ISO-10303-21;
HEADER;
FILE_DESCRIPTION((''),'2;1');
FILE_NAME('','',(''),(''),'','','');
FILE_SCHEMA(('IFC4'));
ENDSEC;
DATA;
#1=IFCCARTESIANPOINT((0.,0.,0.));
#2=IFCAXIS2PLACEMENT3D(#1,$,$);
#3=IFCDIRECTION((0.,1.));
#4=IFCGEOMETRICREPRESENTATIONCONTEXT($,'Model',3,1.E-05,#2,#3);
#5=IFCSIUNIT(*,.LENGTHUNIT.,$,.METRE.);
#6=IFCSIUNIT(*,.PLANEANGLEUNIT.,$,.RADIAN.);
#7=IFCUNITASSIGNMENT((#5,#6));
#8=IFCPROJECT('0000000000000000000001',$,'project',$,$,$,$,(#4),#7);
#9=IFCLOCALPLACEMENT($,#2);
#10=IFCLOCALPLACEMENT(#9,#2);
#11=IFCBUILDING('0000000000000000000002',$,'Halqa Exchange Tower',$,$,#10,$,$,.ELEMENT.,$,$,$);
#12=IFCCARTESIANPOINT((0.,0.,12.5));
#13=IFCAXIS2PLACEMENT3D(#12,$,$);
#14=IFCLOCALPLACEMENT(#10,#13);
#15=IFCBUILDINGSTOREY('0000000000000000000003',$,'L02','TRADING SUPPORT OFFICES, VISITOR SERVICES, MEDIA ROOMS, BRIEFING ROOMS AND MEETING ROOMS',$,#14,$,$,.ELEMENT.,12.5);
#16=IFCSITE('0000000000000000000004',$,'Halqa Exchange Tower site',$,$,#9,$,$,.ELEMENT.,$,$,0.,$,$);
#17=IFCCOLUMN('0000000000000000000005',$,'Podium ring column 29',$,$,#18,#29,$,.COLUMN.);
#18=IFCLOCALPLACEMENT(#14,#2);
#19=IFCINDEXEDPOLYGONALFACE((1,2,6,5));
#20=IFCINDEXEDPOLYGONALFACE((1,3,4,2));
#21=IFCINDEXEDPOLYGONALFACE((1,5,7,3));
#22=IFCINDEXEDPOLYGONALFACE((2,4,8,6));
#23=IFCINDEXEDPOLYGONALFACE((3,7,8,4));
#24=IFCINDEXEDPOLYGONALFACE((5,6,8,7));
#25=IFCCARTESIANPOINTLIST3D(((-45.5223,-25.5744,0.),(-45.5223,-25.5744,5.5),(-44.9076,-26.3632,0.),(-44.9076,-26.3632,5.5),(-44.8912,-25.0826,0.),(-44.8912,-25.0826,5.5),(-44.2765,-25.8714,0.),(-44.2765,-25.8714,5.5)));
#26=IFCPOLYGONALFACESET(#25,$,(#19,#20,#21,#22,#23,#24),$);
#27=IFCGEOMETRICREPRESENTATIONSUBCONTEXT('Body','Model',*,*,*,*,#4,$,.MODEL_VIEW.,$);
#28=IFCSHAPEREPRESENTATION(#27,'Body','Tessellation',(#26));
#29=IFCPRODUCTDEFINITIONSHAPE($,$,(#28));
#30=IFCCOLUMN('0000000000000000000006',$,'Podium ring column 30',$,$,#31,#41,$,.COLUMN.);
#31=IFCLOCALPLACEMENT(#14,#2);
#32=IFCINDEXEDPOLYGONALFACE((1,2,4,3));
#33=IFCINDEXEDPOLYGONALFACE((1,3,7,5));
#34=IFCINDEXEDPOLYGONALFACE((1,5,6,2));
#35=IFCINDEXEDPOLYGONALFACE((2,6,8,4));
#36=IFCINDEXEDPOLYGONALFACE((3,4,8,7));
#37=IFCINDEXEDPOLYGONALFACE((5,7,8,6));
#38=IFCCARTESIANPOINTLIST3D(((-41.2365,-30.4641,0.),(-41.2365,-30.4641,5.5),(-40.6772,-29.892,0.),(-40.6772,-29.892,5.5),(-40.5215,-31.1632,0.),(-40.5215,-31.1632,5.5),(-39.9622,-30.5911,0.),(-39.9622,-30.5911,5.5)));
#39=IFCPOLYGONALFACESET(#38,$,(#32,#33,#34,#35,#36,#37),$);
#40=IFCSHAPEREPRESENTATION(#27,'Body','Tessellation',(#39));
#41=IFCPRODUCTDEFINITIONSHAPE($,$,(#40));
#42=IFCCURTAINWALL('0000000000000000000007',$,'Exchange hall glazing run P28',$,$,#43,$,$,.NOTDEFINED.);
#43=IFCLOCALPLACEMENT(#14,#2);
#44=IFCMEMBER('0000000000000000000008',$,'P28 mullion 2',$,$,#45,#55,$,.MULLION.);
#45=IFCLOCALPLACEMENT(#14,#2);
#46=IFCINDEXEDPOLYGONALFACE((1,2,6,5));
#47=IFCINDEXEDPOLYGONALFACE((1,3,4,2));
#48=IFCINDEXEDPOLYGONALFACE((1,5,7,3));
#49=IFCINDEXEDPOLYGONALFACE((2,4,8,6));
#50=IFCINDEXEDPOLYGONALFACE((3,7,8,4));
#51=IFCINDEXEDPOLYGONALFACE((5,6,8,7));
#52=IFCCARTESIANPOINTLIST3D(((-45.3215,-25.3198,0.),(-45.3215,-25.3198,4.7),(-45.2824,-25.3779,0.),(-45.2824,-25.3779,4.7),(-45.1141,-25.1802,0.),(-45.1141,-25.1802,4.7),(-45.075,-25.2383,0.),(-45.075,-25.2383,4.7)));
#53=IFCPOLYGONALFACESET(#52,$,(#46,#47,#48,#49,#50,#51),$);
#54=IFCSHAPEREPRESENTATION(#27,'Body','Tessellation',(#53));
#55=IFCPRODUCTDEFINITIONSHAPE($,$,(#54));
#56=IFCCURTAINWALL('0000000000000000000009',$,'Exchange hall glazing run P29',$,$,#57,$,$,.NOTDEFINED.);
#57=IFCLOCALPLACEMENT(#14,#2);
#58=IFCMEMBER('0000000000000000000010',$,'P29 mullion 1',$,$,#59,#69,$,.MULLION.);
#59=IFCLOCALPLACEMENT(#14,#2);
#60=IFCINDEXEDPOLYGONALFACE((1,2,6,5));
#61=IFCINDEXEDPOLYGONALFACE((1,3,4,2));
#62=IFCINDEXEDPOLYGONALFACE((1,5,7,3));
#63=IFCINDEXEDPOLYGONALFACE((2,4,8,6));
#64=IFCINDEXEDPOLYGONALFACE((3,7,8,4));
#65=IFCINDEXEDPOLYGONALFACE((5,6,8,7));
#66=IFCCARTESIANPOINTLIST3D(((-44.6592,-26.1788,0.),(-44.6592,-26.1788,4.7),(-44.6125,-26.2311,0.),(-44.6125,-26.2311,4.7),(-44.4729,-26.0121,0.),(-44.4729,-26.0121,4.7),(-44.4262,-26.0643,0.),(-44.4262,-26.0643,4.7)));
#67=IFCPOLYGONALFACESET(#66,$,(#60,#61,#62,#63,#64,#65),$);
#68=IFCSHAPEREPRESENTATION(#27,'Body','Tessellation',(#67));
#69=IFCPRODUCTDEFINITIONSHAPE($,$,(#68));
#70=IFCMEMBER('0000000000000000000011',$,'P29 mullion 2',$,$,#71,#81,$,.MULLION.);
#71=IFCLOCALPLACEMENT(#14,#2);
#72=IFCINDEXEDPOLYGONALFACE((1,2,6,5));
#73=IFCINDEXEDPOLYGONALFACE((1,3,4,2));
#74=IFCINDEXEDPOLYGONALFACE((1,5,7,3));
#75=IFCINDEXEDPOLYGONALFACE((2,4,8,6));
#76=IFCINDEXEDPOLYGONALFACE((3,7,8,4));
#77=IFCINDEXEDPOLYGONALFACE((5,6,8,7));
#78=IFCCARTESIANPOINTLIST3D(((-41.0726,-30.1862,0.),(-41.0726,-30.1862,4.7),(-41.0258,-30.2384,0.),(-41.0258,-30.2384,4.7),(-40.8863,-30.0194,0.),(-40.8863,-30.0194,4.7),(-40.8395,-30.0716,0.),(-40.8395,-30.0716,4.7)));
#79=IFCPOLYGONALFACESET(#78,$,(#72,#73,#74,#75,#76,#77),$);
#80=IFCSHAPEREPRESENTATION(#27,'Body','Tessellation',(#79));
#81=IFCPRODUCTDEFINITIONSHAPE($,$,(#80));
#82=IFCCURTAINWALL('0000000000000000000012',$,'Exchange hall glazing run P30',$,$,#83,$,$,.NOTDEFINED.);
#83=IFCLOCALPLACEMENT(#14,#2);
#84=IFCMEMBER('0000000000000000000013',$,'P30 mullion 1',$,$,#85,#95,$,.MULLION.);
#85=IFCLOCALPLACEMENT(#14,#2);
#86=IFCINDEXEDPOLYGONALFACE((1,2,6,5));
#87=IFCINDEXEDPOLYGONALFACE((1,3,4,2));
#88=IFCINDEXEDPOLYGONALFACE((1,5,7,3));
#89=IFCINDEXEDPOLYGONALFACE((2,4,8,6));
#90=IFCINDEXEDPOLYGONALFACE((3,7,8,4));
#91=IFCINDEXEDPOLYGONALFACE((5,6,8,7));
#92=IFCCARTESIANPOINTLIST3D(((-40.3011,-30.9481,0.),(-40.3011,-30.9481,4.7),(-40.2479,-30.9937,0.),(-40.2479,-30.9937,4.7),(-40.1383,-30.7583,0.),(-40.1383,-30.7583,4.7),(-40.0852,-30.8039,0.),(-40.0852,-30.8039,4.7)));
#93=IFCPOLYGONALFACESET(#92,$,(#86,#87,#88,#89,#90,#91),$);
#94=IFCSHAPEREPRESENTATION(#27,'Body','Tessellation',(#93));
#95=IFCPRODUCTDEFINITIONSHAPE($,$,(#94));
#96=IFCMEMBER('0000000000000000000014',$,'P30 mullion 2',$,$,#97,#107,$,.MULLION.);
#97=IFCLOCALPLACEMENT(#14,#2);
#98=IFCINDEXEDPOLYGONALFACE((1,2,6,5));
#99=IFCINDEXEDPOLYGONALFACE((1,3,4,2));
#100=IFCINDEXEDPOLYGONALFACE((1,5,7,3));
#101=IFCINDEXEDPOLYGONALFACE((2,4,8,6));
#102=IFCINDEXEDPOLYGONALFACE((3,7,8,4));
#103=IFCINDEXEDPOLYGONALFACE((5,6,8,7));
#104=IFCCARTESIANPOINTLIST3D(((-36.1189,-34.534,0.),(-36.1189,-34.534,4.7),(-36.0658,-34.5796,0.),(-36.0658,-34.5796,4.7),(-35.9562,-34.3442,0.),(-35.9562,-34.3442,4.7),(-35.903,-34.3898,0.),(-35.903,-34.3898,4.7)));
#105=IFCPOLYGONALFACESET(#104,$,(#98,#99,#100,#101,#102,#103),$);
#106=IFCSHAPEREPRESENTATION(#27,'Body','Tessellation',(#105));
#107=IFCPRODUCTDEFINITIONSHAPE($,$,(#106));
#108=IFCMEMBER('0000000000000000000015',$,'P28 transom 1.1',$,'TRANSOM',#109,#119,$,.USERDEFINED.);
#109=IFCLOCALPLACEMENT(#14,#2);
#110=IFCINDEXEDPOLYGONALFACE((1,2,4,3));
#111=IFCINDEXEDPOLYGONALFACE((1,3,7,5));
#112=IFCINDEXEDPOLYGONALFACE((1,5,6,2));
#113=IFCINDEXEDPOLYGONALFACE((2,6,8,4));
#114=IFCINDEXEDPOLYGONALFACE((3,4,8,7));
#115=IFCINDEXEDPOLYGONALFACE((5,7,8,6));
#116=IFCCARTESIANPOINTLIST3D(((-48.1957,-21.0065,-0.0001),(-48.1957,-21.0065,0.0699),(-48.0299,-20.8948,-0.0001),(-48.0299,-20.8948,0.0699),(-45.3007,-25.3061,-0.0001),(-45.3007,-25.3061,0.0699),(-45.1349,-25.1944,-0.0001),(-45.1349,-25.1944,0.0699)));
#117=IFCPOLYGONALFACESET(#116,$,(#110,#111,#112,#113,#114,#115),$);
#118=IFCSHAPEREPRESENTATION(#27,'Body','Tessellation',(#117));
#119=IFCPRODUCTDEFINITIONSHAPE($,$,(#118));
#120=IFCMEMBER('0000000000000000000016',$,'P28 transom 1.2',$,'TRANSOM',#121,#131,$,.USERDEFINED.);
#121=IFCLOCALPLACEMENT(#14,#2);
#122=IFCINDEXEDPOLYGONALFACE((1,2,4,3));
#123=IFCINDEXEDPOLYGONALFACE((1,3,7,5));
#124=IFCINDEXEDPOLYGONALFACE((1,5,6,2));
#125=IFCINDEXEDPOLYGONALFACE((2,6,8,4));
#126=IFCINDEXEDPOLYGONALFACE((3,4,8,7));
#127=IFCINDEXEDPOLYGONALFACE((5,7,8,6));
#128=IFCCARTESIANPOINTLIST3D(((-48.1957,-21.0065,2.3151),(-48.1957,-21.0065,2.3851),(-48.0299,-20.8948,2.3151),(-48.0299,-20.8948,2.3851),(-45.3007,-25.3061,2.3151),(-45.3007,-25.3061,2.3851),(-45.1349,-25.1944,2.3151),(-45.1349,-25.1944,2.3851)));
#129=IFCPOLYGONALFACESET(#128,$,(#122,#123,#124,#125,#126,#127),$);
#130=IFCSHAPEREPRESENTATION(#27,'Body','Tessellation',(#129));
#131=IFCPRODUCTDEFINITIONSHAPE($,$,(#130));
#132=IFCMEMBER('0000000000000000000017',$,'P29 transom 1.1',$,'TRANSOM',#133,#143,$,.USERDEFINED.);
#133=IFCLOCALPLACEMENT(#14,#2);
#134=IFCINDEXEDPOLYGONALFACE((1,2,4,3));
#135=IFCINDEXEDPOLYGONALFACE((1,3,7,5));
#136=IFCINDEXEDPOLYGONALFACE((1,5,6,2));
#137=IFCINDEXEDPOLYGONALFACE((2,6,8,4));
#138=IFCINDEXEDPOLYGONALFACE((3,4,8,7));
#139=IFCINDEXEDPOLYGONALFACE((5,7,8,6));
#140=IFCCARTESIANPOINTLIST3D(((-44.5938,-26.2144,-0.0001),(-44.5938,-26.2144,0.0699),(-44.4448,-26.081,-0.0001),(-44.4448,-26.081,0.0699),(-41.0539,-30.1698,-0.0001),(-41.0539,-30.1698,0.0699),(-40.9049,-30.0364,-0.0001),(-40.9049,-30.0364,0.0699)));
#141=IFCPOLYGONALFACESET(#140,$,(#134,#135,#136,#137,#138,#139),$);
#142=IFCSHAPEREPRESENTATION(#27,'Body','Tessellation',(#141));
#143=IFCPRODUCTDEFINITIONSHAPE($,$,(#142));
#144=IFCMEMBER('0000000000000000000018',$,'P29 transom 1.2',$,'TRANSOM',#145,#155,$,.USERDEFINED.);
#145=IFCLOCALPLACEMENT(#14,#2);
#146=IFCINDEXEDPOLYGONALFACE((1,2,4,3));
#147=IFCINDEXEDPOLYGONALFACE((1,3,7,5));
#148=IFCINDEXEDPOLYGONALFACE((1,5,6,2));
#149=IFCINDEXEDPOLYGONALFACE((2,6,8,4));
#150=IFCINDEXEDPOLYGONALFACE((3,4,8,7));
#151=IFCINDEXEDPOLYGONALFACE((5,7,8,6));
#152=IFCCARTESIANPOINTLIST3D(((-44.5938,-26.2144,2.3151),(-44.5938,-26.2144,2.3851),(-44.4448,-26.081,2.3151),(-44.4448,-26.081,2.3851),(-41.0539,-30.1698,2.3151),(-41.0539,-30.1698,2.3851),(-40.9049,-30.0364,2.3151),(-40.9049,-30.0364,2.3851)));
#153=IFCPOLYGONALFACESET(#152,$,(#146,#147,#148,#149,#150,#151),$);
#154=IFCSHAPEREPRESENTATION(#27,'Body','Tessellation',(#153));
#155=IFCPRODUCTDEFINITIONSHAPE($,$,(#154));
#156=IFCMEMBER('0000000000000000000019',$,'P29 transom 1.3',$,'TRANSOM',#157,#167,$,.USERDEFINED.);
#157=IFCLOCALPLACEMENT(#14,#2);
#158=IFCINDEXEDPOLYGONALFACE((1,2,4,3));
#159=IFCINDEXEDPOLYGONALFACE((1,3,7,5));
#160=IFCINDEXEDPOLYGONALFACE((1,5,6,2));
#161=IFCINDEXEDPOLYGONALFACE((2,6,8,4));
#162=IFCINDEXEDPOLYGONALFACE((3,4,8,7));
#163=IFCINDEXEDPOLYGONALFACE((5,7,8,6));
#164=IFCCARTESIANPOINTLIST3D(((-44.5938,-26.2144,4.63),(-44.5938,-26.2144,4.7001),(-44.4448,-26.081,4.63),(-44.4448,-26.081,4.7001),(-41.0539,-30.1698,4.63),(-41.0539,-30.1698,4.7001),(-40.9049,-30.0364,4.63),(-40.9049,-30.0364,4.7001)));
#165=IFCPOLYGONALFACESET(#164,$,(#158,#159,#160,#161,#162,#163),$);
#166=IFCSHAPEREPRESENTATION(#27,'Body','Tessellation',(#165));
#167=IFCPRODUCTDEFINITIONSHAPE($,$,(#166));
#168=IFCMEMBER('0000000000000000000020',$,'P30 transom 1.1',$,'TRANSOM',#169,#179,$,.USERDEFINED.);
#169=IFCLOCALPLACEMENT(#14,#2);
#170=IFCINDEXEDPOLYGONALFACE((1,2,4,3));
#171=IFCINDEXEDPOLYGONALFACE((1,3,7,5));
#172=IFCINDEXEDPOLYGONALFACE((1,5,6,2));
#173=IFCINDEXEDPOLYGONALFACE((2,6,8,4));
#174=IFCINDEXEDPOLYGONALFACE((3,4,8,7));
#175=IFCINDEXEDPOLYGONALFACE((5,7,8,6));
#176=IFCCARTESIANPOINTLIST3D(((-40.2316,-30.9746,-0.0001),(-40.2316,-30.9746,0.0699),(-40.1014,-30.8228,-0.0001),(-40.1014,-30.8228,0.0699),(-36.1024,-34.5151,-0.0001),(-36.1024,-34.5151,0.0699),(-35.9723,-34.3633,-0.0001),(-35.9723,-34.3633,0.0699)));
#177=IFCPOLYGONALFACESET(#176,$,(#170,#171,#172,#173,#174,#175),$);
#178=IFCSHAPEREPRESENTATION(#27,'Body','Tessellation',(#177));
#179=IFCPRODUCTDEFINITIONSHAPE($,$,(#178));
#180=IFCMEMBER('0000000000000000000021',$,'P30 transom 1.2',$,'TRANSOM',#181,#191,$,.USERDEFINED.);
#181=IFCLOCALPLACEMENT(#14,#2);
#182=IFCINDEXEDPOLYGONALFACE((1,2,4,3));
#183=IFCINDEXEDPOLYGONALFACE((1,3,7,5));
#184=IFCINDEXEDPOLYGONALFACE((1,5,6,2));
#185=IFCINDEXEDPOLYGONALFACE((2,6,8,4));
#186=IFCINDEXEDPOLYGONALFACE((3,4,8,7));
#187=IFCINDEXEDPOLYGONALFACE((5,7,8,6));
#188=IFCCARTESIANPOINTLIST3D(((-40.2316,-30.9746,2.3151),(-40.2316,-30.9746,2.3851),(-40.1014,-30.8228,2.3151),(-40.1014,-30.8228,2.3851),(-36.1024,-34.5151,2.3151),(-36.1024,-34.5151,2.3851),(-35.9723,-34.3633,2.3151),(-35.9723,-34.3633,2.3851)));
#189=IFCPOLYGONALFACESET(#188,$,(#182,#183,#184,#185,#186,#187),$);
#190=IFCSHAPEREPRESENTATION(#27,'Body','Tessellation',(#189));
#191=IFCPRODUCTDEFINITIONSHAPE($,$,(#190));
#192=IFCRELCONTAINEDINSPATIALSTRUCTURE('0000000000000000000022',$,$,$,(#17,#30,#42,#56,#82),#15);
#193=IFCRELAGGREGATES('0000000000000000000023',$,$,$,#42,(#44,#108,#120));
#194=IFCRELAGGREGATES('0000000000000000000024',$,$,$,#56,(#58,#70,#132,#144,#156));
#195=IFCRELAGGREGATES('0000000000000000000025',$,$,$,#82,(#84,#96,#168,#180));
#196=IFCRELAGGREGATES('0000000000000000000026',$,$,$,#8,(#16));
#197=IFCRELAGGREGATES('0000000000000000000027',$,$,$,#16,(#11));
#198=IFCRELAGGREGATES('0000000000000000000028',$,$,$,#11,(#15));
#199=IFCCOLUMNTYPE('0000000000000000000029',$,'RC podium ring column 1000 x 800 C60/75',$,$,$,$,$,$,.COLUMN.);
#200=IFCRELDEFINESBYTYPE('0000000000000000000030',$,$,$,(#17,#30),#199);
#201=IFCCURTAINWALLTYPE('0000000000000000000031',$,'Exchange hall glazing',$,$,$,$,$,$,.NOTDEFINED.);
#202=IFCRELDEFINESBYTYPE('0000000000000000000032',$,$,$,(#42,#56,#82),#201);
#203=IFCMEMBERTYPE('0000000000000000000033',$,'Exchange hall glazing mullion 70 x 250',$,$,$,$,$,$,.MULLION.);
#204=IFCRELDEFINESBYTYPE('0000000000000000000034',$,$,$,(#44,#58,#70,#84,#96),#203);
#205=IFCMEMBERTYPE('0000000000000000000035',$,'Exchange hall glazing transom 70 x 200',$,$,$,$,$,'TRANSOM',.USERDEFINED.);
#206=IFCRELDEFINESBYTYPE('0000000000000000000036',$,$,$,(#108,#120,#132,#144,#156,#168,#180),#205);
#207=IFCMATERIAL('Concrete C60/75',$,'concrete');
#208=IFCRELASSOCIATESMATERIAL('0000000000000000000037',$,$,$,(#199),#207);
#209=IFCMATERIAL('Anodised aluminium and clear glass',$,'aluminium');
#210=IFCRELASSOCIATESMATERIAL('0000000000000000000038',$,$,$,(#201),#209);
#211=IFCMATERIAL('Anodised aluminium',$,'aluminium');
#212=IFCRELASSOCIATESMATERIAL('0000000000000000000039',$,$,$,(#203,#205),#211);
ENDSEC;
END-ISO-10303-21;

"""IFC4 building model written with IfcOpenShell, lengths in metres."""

from ifc_helpers import new_model, si_unit, direction, frame, origin, origin_2d, place, context, subcontext, project, spatial, rectangle, extrude, material, material_profile, profile_set, type_object, element, aggregate, save


model = new_model("IFC4")

# Units and contexts
model_context = context("Model", 3, precision=1e-05, world=origin(), true_north=direction((0.0, 1.0)))
body_context = subcontext(model_context, "Body", "Model", "MODEL_VIEW")
ifc_project = project(units=[si_unit("LENGTHUNIT", "METRE"), si_unit("PLANEANGLEUNIT", "RADIAN")], contexts=[model_context])

# Site, building, storey
site_placement = place(None, origin())
site = spatial("IfcSite", under=ifc_project, at=site_placement, Name="Halqa Exchange Tower site", CompositionType="ELEMENT", RefElevation=0.0)
building_placement = place(site_placement, origin())
building = spatial("IfcBuilding", under=site, at=building_placement, Name="Halqa Exchange Tower", CompositionType="ELEMENT")
storey_placement = place(building_placement, frame((0.0, 0.0, 12.5)))
storey = spatial("IfcBuildingStorey", under=building, at=storey_placement, Name="L02", Description="TRADING SUPPORT OFFICES, VISITOR SERVICES, MEDIA ROOMS, BRIEFING ROOMS AND MEETING ROOMS", CompositionType="ELEMENT", Elevation=12.5)

# Columns
ifc_material_1 = material(Name="Concrete C60/75", Category="concrete")
ifc_material_profile_1 = material_profile(ifc_material_1, rectangle(XDim=1.0, YDim=0.8, at=origin_2d()), Name="1000 x 800")
ifc_profile_set_1 = profile_set([ifc_material_profile_1], Name="Concrete C60/75")
column_type = type_object("IfcColumnType", Name="RC podium ring column 1000 x 800 C60/75", PredefinedType="COLUMN", material=ifc_profile_set_1)
for number, where, z_axis, x_axis, name in (
    (1, (-44.8994, -25.7229, 0.0), (0.0, 0.0, 1.0), (0.614691, -0.788768, 0.0), "Podium ring column 29"),
    (2, (-40.5994, -30.5276, 0.0), (0.0, 0.0, 1.0), (0.715039, -0.699085, 0.0), "Podium ring column 30"),
):
    element("IfcColumn", number, at=place(storey_placement, frame(where, z_axis=z_axis, x_axis=x_axis)), inside=storey, type_object=column_type, Name=name, PredefinedType="COLUMN", context=body_context, shape_type="SweptSolid", body=[
        extrude(rectangle(XDim=1.0, YDim=0.8, at=origin_2d()), origin(), (0.0, 0.0, 1.0), 5.5),
    ])

# Curtain wall, member
ifc_material_2 = material(Name="Anodised aluminium and clear glass", Category="aluminium")
curtain_wall_type = type_object("IfcCurtainWallType", Name="Exchange hall glazing", PredefinedType="NOTDEFINED", material=ifc_material_2)
curtain_wall_1_placement = place(storey_placement, origin())
curtain_wall_1 = element("IfcCurtainWall", 3, at=curtain_wall_1_placement, inside=storey, type_object=curtain_wall_type, Name="Exchange hall glazing run P28", PredefinedType="NOTDEFINED")
ifc_material_3 = material(Name="Anodised aluminium", Category="aluminium")
ifc_material_profile_2 = material_profile(ifc_material_3, rectangle(XDim=0.25, YDim=0.0701, at=origin_2d()), Name="AL 70x250")
ifc_profile_set_2 = profile_set([ifc_material_profile_2], Name="Anodised aluminium")
member_type_1 = type_object("IfcMemberType", Name="Exchange hall glazing mullion 70 x 250", PredefinedType="MULLION", material=ifc_profile_set_2)
member_1_placement = place(storey_placement, frame((-45.1982, -25.2791, 0.0), z_axis=(0.0, 0.0, 1.0), x_axis=(0.82949, 0.558522, 0.0)))
member_1 = element("IfcMember", 4, at=member_1_placement, type_object=member_type_1, Name="P28 mullion 2", PredefinedType="MULLION", context=body_context, shape_type="SweptSolid", body=[
    extrude(rectangle(XDim=0.25, YDim=0.0701, at=origin_2d()), origin(), (0.0, 0.0, 1.0), 4.7),
])

# Curtain walls, members
curtain_wall_2_placement = place(storey_placement, origin())
curtain_wall_2 = element("IfcCurtainWall", 5, at=curtain_wall_2_placement, inside=storey, type_object=curtain_wall_type, Name="Exchange hall glazing run P29", PredefinedType="NOTDEFINED")
member_2_placement = place(storey_placement, frame((-44.5427, -26.1216, 0.0), z_axis=(0.0, 0.0, 1.0), x_axis=(0.745148, 0.666899, 0.0)))
member_2 = element("IfcMember", 6, at=member_2_placement, type_object=member_type_1, Name="P29 mullion 1", PredefinedType="MULLION", context=body_context, shape_type="SweptSolid", body=[
    extrude(rectangle(XDim=0.25, YDim=0.0701, at=origin_2d()), origin(), (0.0, 0.0, 1.0), 4.7),
])
member_3_placement = place(storey_placement, frame((-40.9561, -30.1289, 0.0), z_axis=(0.0, 0.0, 1.0), x_axis=(0.745148, 0.666899, 0.0)))
member_3 = element("IfcMember", 7, at=member_3_placement, type_object=member_type_1, Name="P29 mullion 2", PredefinedType="MULLION", context=body_context, shape_type="SweptSolid", body=[
    extrude(rectangle(XDim=0.25, YDim=0.0701, at=origin_2d()), origin(), (0.0, 0.0, 1.0), 4.7),
])
curtain_wall_3_placement = place(storey_placement, origin())
curtain_wall_3 = element("IfcCurtainWall", 8, at=curtain_wall_3_placement, inside=storey, type_object=curtain_wall_type, Name="Exchange hall glazing run P30", PredefinedType="NOTDEFINED")
member_4_placement = place(storey_placement, frame((-40.1931, -30.876, 0.0), z_axis=(0.0, 0.0, 1.0), x_axis=(0.650911, 0.759154, 0.0)))
member_4 = element("IfcMember", 9, at=member_4_placement, type_object=member_type_1, Name="P30 mullion 1", PredefinedType="MULLION", context=body_context, shape_type="SweptSolid", body=[
    extrude(rectangle(XDim=0.25, YDim=0.0701, at=origin_2d()), origin(), (0.0, 0.0, 1.0), 4.7),
])
member_5_placement = place(storey_placement, frame((-36.011, -34.4619, 0.0), z_axis=(0.0, 0.0, 1.0), x_axis=(0.650911, 0.759154, 0.0)))
member_5 = element("IfcMember", 10, at=member_5_placement, type_object=member_type_1, Name="P30 mullion 2", PredefinedType="MULLION", context=body_context, shape_type="SweptSolid", body=[
    extrude(rectangle(XDim=0.25, YDim=0.0701, at=origin_2d()), origin(), (0.0, 0.0, 1.0), 4.7),
])

# Members
ifc_material_profile_3 = material_profile(ifc_material_3, rectangle(XDim=0.2, YDim=0.0701, at=origin_2d()), Name="AL 70x200")
ifc_profile_set_3 = profile_set([ifc_material_profile_3], Name="Anodised aluminium")
member_type_2 = type_object("IfcMemberType", Name="Exchange hall glazing transom 70 x 200", ElementType="TRANSOM", PredefinedType="USERDEFINED", material=ifc_profile_set_3)
member_6_placement = place(storey_placement, frame((-48.1128, -20.9507, 0.0349), z_axis=(0.55852, -0.829491, 0.0), x_axis=(0.829491, 0.55852, 0.0)))
member_6 = element("IfcMember", 11, at=member_6_placement, type_object=member_type_2, Name="P28 transom 1.1", ObjectType="TRANSOM", PredefinedType="USERDEFINED", context=body_context, shape_type="SweptSolid", body=[
    extrude(rectangle(XDim=0.2, YDim=0.0701, at=origin_2d()), origin(), (0.0, 0.0, 1.0), 5.1833),
])
member_7_placement = place(storey_placement, frame((-48.1128, -20.9507, 2.3501), z_axis=(0.55852, -0.829491, 0.0), x_axis=(0.829491, 0.55852, 0.0)))
member_7 = element("IfcMember", 12, at=member_7_placement, type_object=member_type_2, Name="P28 transom 1.2", ObjectType="TRANSOM", PredefinedType="USERDEFINED", context=body_context, shape_type="SweptSolid", body=[
    extrude(rectangle(XDim=0.2, YDim=0.0701, at=origin_2d()), origin(), (0.0, 0.0, 1.0), 5.1833),
])
member_8_placement = place(storey_placement, frame((-44.5193, -26.1477, 0.0349), z_axis=(0.666881, -0.745164, 0.0), x_axis=(0.745164, 0.666881, 0.0)))
member_8 = element("IfcMember", 13, at=member_8_placement, type_object=member_type_2, Name="P29 transom 1.1", ObjectType="TRANSOM", PredefinedType="USERDEFINED", context=body_context, shape_type="SweptSolid", body=[
    extrude(rectangle(XDim=0.2, YDim=0.0701, at=origin_2d()), origin(), (0.0, 0.0, 1.0), 5.3081),
])
member_9_placement = place(storey_placement, frame((-44.5193, -26.1477, 2.3501), z_axis=(0.666881, -0.745164, 0.0), x_axis=(0.745164, 0.666881, 0.0)))
member_9 = element("IfcMember", 14, at=member_9_placement, type_object=member_type_2, Name="P29 transom 1.2", ObjectType="TRANSOM", PredefinedType="USERDEFINED", context=body_context, shape_type="SweptSolid", body=[
    extrude(rectangle(XDim=0.2, YDim=0.0701, at=origin_2d()), origin(), (0.0, 0.0, 1.0), 5.3081),
])
member_10_placement = place(storey_placement, frame((-44.5193, -26.1477, 4.665), z_axis=(0.666881, -0.745164, 0.0), x_axis=(0.745164, 0.666881, 0.0)))
member_10 = element("IfcMember", 15, at=member_10_placement, type_object=member_type_2, Name="P29 transom 1.3", ObjectType="TRANSOM", PredefinedType="USERDEFINED", context=body_context, shape_type="SweptSolid", body=[
    extrude(rectangle(XDim=0.2, YDim=0.0701, at=origin_2d()), origin(), (0.0, 0.0, 1.0), 5.3081),
])
member_11_placement = place(storey_placement, frame((-40.1665, -30.8987, 0.0349), z_axis=(0.759143, -0.650924, 0.0), x_axis=(0.650924, 0.759143, 0.0)))
member_11 = element("IfcMember", 16, at=member_11_placement, type_object=member_type_2, Name="P30 transom 1.1", ObjectType="TRANSOM", PredefinedType="USERDEFINED", context=body_context, shape_type="SweptSolid", body=[
    extrude(rectangle(XDim=0.2, YDim=0.0701, at=origin_2d()), origin(), (0.0, 0.0, 1.0), 5.4392),
])
member_12_placement = place(storey_placement, frame((-40.1665, -30.8987, 2.3501), z_axis=(0.759143, -0.650924, 0.0), x_axis=(0.650924, 0.759143, 0.0)))
member_12 = element("IfcMember", 17, at=member_12_placement, type_object=member_type_2, Name="P30 transom 1.2", ObjectType="TRANSOM", PredefinedType="USERDEFINED", context=body_context, shape_type="SweptSolid", body=[
    extrude(rectangle(XDim=0.2, YDim=0.0701, at=origin_2d()), origin(), (0.0, 0.0, 1.0), 5.4392),
])

aggregate(curtain_wall_1, [member_1, member_6, member_7])
aggregate(curtain_wall_2, [member_2, member_3, member_8, member_9, member_10])
aggregate(curtain_wall_3, [member_4, member_5, member_11, member_12])

save(model, "model.ifc")
